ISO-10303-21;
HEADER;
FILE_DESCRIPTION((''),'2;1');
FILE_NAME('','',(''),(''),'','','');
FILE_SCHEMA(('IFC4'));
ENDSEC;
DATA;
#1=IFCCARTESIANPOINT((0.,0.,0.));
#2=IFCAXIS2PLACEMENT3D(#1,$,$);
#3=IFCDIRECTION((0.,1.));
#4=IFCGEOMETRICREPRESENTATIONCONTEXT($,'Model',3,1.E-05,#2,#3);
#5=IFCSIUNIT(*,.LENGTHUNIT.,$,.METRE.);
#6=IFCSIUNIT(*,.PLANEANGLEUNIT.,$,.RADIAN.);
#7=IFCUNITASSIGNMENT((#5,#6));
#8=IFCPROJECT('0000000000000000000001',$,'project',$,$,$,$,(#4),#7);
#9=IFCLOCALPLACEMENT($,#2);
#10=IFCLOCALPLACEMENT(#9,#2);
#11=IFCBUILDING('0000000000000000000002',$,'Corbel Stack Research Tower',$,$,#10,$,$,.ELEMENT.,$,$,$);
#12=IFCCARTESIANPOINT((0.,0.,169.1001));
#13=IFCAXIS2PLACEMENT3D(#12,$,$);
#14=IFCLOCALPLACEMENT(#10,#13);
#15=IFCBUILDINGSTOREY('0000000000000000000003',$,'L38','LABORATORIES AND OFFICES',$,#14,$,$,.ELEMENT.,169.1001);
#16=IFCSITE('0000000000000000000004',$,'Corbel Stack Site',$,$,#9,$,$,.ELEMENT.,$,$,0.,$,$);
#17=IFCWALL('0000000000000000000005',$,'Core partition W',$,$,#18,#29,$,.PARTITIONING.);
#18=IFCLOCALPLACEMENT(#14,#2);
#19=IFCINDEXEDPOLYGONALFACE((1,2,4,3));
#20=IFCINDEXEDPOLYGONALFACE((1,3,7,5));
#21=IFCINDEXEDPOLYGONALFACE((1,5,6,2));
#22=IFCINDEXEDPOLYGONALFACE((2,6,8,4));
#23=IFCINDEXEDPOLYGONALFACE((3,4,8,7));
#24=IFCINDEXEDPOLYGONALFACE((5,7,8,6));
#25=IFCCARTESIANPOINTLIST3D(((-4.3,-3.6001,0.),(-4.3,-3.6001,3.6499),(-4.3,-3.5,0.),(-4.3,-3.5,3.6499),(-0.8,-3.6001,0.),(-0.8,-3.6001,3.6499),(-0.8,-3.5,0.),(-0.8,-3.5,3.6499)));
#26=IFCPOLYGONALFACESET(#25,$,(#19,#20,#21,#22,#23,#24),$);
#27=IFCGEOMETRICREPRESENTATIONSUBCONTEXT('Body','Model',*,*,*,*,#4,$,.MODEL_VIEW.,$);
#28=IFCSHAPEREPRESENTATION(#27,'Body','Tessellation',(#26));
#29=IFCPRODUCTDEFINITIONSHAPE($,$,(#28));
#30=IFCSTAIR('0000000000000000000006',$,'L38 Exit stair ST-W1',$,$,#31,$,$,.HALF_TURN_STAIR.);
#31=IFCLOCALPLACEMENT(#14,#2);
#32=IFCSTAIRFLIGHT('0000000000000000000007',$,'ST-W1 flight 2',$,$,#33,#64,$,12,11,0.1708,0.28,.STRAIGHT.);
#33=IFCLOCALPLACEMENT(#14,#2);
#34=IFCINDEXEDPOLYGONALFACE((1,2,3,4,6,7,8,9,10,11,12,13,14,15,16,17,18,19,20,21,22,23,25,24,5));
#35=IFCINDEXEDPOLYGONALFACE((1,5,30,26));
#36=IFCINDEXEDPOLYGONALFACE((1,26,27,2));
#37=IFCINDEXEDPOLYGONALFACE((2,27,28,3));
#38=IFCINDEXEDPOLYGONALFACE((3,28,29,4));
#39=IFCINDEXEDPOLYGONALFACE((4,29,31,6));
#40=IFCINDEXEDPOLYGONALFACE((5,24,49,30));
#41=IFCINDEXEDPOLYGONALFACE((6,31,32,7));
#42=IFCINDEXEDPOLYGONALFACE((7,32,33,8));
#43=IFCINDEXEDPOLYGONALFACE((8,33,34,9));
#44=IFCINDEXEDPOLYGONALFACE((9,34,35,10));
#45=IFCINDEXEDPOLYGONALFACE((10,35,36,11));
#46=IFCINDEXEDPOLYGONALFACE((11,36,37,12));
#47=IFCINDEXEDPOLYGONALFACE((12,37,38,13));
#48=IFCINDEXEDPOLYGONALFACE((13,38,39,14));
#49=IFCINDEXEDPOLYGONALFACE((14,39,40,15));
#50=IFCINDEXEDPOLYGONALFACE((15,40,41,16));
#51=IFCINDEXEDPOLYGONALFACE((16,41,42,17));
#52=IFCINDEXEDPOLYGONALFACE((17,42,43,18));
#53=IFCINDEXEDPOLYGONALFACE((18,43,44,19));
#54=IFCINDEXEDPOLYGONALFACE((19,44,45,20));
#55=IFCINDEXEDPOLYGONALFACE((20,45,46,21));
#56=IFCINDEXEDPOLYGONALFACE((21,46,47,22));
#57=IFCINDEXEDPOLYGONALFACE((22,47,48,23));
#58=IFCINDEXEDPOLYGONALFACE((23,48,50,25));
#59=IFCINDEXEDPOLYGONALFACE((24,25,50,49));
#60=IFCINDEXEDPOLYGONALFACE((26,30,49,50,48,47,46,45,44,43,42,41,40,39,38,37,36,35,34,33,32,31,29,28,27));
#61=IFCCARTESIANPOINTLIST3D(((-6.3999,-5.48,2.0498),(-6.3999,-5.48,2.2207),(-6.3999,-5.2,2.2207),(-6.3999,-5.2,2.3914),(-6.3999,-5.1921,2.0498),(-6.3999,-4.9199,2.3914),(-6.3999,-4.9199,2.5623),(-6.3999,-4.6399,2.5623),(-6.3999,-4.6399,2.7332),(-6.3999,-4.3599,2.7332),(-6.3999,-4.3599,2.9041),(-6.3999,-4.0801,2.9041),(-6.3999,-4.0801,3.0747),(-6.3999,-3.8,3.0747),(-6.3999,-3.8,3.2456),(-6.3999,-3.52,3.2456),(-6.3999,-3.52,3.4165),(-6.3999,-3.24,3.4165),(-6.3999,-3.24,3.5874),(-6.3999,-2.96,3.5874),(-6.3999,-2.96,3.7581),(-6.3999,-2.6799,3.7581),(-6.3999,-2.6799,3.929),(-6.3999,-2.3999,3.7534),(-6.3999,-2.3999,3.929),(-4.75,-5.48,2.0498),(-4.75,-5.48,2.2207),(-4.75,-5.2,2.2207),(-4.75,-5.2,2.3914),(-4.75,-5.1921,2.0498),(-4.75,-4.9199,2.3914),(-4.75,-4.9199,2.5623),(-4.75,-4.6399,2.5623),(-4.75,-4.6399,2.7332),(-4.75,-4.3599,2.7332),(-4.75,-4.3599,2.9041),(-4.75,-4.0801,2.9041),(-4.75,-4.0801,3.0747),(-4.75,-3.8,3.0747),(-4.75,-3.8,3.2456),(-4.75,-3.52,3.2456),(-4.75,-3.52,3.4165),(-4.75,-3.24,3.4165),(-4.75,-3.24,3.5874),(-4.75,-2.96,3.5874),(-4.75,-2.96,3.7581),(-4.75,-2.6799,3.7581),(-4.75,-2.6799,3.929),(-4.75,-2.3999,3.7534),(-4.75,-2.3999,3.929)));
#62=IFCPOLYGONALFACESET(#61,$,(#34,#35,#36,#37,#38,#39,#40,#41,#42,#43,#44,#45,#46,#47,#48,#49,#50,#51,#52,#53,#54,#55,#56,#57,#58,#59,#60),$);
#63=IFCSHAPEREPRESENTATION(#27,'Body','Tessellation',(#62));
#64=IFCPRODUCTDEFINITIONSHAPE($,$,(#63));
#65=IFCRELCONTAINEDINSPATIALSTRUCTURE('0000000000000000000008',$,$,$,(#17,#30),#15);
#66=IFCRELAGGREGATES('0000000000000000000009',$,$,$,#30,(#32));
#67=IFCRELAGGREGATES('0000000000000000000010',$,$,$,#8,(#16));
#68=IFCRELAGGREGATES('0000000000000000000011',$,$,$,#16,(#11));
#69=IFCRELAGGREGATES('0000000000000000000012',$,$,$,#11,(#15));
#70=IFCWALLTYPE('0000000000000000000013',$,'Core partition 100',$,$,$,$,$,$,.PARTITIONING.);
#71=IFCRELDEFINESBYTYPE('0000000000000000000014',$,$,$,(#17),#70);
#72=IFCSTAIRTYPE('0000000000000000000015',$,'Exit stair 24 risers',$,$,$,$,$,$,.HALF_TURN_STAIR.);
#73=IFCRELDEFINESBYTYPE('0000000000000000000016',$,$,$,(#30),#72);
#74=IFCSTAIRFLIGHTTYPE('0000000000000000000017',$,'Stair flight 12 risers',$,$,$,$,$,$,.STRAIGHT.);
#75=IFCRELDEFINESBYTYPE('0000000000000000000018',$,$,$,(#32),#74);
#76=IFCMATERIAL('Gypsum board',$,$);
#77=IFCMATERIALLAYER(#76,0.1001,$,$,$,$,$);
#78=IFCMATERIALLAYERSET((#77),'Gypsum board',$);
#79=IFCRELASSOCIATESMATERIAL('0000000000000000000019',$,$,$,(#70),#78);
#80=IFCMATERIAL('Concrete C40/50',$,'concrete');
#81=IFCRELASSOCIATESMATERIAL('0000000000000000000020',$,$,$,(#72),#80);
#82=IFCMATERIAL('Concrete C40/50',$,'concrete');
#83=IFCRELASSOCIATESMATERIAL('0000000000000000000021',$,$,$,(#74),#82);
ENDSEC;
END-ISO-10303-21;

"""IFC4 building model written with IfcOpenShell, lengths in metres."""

from ifc_helpers import new_model, si_unit, direction, frame, frame_2d, origin, place, context, subcontext, project, spatial, polyline, rectangle, outline, extrude, material, layer, layer_set, type_object, element, aggregate, save


model = new_model("IFC4")

# Units and contexts
model_context = context("Model", 3, precision=1e-05, world=origin(), true_north=direction((0.0, 1.0)))
body_context = subcontext(model_context, "Body", "Model", "MODEL_VIEW")
ifc_project = project(units=[si_unit("LENGTHUNIT", "METRE"), si_unit("PLANEANGLEUNIT", "RADIAN")], contexts=[model_context])

# Site, building, storey
site_placement = place(None, origin())
site = spatial("IfcSite", under=ifc_project, at=site_placement, Name="Corbel Stack Site", CompositionType="ELEMENT", RefElevation=0.0)
building_placement = place(site_placement, origin())
building = spatial("IfcBuilding", under=site, at=building_placement, Name="Corbel Stack Research Tower", CompositionType="ELEMENT")
storey_placement = place(building_placement, frame((0.0, 0.0, 169.1001)))
storey = spatial("IfcBuildingStorey", under=building, at=storey_placement, Name="L38", Description="LABORATORIES AND OFFICES", CompositionType="ELEMENT", Elevation=169.1001)

# Shared definitions
ifc_material_1 = material(Name="Gypsum board")
ifc_layer_1 = layer(ifc_material_1, 0.1001)
ifc_layer_set_1 = layer_set([ifc_layer_1], Name="Gypsum board")
wall_type_1 = type_object("IfcWallType", Name="Core partition 100", PredefinedType="PARTITIONING", material=ifc_layer_set_1)

# Wall
for number, where, z_axis, x_axis, name in (
    (1, (-4.3, -3.55, 0.0), (0.0, 0.0, 1.0), (1.0, 0.0, 0.0), "Core partition W"),
):
    element("IfcWall", number, at=place(storey_placement, frame(where, z_axis=z_axis, x_axis=x_axis)), inside=storey, type_object=wall_type_1, Name=name, PredefinedType="PARTITIONING", context=body_context, shape_type="SweptSolid", body=[
        extrude(rectangle(XDim=3.5, YDim=0.1001, at=frame_2d((1.75, 0.0))), origin(), (0.0, 0.0, 1.0), 3.6499),
    ])

# Stair, stair flight
ifc_material_2 = material(Name="Concrete C40/50", Category="concrete")
stair_type = type_object("IfcStairType", Name="Exit stair 24 risers", PredefinedType="HALF_TURN_STAIR", material=ifc_material_2)
stair_placement = place(storey_placement, origin())
stair = element("IfcStair", 2, at=stair_placement, inside=storey, type_object=stair_type, Name="L38 Exit stair ST-W1", PredefinedType="HALF_TURN_STAIR")
ifc_material_3 = material(Name="Concrete C40/50", Category="concrete")
stair_flight_type = type_object("IfcStairFlightType", Name="Stair flight 12 risers", PredefinedType="STRAIGHT", material=ifc_material_3)
stair_flight_placement = place(storey_placement, frame((-5.575, -5.48, 2.0498), z_axis=(0.0, 0.0, 1.0), x_axis=(0.0, 1.0, 0.0)))
stair_flight = element("IfcStairFlight", 3, at=stair_flight_placement, type_object=stair_flight_type, Name="ST-W1 flight 2", NumberOfRisers=12, NumberOfTreads=11, PredefinedType="STRAIGHT", RiserHeight=0.1708, TreadLength=0.28, context=body_context, shape_type="SweptSolid", body=[
    extrude(outline(polyline([(0.0, 0.0), (0.0, 0.1709), (0.28, 0.1709), (0.28, 0.3416), (0.5601, 0.3416), (0.5601, 0.5125), (0.8401, 0.5125), (0.8401, 0.6833), (1.1201, 0.6833), (1.1201, 0.8542), (1.3999, 0.8542), (1.3999, 1.0249), (1.6799, 1.0249), (1.6799, 1.1958), (1.96, 1.1958), (1.96, 1.3667), (2.24, 1.3667), (2.24, 1.5376), (2.52, 1.5376), (2.52, 1.7083), (2.8, 1.7083), (2.8, 1.8792), (3.0801, 1.8792), (3.0801, 2.05), (3.0801, 1.7036), (0.2878, 0.0), (0.0, 0.0)])), frame((0.0, 0.825, 0.0), z_axis=(0.0, -1.0, 0.0), x_axis=(1.0, 0.0, 0.0)), (0.0, 0.0, 1.0), 1.6499),
])
aggregate(stair, [stair_flight])

save(model, "model.ifc")
